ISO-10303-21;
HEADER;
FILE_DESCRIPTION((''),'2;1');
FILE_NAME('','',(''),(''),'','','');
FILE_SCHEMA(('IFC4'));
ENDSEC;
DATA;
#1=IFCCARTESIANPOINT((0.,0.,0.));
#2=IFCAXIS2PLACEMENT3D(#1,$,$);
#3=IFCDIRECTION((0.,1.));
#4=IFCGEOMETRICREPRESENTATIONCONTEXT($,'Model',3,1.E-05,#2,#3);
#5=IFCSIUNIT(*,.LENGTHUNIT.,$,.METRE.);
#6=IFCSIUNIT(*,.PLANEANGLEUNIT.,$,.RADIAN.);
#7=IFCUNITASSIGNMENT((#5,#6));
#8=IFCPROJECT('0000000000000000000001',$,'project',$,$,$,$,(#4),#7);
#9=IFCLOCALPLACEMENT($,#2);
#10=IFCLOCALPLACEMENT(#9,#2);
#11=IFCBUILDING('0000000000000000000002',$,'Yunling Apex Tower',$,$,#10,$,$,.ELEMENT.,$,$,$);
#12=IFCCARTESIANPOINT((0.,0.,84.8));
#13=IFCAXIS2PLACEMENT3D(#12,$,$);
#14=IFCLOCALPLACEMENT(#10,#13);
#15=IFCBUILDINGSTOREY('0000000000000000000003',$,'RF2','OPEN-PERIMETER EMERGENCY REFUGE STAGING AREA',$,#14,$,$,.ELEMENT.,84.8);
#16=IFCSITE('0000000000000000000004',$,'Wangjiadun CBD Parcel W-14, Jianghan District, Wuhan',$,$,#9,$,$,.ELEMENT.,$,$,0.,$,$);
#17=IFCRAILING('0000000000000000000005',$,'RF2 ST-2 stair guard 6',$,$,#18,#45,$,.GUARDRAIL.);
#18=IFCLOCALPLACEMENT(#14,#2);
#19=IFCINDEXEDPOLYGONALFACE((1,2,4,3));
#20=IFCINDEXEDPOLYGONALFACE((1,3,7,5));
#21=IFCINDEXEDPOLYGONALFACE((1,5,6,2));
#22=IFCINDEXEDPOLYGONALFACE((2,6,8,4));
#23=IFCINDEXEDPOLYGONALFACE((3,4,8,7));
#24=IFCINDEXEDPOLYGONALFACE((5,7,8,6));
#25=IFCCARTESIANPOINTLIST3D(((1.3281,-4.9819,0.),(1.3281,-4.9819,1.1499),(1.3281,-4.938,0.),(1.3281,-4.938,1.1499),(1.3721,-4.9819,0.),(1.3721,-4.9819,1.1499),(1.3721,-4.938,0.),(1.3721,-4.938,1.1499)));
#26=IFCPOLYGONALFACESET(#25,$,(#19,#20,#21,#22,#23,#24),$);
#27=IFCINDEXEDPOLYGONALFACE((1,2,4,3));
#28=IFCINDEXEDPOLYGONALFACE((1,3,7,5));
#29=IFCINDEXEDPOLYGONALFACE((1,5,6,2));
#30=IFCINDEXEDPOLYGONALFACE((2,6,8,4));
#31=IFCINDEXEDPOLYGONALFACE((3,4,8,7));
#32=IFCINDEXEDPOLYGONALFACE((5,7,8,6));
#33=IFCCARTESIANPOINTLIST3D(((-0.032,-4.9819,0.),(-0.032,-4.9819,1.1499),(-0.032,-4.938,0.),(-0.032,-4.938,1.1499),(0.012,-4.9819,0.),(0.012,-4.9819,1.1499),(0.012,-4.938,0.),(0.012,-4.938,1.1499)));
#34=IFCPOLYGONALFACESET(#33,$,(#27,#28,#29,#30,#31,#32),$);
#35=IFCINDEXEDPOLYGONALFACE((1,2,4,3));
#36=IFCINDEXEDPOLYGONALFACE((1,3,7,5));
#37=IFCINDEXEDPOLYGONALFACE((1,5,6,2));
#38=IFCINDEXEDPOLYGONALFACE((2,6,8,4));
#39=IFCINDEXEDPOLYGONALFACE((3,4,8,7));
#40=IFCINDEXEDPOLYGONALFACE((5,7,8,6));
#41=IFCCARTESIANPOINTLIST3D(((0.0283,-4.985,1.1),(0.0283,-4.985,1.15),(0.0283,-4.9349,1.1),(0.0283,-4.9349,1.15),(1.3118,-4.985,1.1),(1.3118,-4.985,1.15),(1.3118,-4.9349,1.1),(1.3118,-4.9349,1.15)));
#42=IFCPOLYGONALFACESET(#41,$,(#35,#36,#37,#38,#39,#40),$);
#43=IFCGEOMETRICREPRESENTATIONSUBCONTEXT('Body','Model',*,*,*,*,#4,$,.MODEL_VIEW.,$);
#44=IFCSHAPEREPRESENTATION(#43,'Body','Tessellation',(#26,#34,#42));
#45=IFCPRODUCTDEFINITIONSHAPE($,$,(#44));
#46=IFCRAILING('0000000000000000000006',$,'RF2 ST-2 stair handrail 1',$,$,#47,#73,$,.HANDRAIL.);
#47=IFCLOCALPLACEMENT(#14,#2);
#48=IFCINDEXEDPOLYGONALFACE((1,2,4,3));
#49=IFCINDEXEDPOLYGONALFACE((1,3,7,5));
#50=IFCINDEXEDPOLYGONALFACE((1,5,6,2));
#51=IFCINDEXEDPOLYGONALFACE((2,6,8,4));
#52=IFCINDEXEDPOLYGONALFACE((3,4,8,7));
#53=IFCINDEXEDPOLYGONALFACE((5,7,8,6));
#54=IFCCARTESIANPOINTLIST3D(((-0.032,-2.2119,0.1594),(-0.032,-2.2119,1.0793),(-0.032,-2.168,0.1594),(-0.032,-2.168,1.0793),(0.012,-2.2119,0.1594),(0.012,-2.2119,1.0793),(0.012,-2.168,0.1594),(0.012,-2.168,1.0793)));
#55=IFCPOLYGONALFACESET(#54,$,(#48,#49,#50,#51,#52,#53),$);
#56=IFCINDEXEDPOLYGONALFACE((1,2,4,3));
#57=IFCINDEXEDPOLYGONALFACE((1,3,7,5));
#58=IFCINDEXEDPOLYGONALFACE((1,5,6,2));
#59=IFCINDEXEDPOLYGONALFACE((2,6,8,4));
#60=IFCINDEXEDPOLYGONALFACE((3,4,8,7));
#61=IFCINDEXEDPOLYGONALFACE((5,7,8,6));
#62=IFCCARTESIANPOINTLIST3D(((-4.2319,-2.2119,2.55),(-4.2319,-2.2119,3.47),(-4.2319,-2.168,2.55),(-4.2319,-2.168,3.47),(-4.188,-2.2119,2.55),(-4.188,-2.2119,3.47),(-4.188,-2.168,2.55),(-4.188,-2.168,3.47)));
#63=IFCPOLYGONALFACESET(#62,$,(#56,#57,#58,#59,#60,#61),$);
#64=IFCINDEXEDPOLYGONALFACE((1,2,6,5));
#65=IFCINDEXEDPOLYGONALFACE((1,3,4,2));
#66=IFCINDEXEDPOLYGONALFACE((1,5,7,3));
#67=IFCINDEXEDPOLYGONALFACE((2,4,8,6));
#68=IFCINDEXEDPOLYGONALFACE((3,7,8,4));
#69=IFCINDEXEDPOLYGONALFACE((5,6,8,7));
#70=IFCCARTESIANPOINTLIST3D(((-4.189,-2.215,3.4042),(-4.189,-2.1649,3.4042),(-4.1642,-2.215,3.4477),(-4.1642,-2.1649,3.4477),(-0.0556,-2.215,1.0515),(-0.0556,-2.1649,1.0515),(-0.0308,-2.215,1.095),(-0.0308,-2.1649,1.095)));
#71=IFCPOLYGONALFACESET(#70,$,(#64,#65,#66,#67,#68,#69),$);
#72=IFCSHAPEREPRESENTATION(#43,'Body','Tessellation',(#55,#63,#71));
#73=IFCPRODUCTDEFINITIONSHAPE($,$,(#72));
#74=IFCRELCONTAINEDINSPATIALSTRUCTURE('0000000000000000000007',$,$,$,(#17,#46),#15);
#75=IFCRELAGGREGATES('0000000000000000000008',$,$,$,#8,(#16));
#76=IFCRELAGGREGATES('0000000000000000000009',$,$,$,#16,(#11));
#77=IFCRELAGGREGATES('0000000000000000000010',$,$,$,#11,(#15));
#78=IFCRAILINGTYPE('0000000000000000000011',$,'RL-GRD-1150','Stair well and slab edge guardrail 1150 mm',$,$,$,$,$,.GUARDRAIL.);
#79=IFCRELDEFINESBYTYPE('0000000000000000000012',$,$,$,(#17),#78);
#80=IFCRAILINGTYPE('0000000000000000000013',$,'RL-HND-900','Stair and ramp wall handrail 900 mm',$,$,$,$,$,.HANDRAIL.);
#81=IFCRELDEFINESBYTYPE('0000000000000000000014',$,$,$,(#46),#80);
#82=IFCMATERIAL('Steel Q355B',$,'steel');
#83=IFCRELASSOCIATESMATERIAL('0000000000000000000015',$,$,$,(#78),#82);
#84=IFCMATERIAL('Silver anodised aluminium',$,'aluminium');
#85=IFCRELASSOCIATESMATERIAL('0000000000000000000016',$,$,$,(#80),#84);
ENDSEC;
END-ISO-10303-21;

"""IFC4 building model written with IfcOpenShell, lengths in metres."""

from ifc_helpers import new_model, si_unit, direction, frame, origin, origin_2d, place, context, subcontext, project, spatial, rectangle, extrude, material, type_object, element, save


model = new_model("IFC4")

# Units and contexts
model_context = context("Model", 3, precision=1e-05, world=origin(), true_north=direction((0.0, 1.0)))
body_context = subcontext(model_context, "Body", "Model", "MODEL_VIEW")
ifc_project = project(units=[si_unit("LENGTHUNIT", "METRE"), si_unit("PLANEANGLEUNIT", "RADIAN")], contexts=[model_context])

# Site, building, storey
site_placement = place(None, origin())
site = spatial("IfcSite", under=ifc_project, at=site_placement, Name="Wangjiadun CBD Parcel W-14, Jianghan District, Wuhan", CompositionType="ELEMENT", RefElevation=0.0)
building_placement = place(site_placement, origin())
building = spatial("IfcBuilding", under=site, at=building_placement, Name="Yunling Apex Tower", CompositionType="ELEMENT")
storey_placement = place(building_placement, frame((0.0, 0.0, 84.8)))
storey = spatial("IfcBuildingStorey", under=building, at=storey_placement, Name="RF2", Description="OPEN-PERIMETER EMERGENCY REFUGE STAGING AREA", CompositionType="ELEMENT", Elevation=84.8)

# Shared definitions
ifc_material_1 = material(Name="Steel Q355B", Category="steel")

# Railings
railing_type_1 = type_object("IfcRailingType", Name="RL-GRD-1150", Description="Stair well and slab edge guardrail 1150 mm", PredefinedType="GUARDRAIL", material=ifc_material_1)
railing_1_placement = place(storey_placement, frame((1.3501, -4.96, 0.0)))
element("IfcRailing", 1, at=railing_1_placement, inside=storey, type_object=railing_type_1, Name="RF2 ST-2 stair guard 6", PredefinedType="GUARDRAIL", context=body_context, shape_type="SweptSolid", body=[
    extrude(rectangle(XDim=0.0439, YDim=0.0439, at=origin_2d()), origin(), (0.0, 0.0, 1.0), 1.1499),
    extrude(rectangle(XDim=0.0439, YDim=0.0439, at=origin_2d()), frame((-1.3601, 0.0, 0.0)), (0.0, 0.0, 1.0), 1.1499),
    extrude(rectangle(XDim=0.05, YDim=0.05, at=origin_2d()), frame((-0.0383, 0.0, 1.125), z_axis=(-1.0, 0.0, 0.0), x_axis=(0.0, -1.0, 0.0)), (0.0, 0.0, 1.0), 1.2834),
])
ifc_material_2 = material(Name="Silver anodised aluminium", Category="aluminium")
railing_type_2 = type_object("IfcRailingType", Name="RL-HND-900", Description="Stair and ramp wall handrail 900 mm", PredefinedType="HANDRAIL", material=ifc_material_2)
railing_2_placement = place(storey_placement, frame((-0.01, -2.1899, 0.1594)))
element("IfcRailing", 2, at=railing_2_placement, inside=storey, type_object=railing_type_2, Name="RF2 ST-2 stair handrail 1", PredefinedType="HANDRAIL", context=body_context, shape_type="SweptSolid", body=[
    extrude(rectangle(XDim=0.0439, YDim=0.0439, at=origin_2d()), origin(), (0.0, 0.0, 1.0), 0.9199),
    extrude(rectangle(XDim=0.0439, YDim=0.0439, at=origin_2d()), frame((-4.2, 0.0, 2.3906)), (0.0, 0.0, 1.0), 0.9199),
    extrude(rectangle(XDim=0.05, YDim=0.05, at=origin_2d()), frame((-0.0332, 0.0, 0.9138), z_axis=(-0.869075, 0.0, 0.49468), x_axis=(0.0, -1.0, 0.0)), (0.0, 0.0, 1.0), 4.7561),
])

save(model, "model.ifc")
